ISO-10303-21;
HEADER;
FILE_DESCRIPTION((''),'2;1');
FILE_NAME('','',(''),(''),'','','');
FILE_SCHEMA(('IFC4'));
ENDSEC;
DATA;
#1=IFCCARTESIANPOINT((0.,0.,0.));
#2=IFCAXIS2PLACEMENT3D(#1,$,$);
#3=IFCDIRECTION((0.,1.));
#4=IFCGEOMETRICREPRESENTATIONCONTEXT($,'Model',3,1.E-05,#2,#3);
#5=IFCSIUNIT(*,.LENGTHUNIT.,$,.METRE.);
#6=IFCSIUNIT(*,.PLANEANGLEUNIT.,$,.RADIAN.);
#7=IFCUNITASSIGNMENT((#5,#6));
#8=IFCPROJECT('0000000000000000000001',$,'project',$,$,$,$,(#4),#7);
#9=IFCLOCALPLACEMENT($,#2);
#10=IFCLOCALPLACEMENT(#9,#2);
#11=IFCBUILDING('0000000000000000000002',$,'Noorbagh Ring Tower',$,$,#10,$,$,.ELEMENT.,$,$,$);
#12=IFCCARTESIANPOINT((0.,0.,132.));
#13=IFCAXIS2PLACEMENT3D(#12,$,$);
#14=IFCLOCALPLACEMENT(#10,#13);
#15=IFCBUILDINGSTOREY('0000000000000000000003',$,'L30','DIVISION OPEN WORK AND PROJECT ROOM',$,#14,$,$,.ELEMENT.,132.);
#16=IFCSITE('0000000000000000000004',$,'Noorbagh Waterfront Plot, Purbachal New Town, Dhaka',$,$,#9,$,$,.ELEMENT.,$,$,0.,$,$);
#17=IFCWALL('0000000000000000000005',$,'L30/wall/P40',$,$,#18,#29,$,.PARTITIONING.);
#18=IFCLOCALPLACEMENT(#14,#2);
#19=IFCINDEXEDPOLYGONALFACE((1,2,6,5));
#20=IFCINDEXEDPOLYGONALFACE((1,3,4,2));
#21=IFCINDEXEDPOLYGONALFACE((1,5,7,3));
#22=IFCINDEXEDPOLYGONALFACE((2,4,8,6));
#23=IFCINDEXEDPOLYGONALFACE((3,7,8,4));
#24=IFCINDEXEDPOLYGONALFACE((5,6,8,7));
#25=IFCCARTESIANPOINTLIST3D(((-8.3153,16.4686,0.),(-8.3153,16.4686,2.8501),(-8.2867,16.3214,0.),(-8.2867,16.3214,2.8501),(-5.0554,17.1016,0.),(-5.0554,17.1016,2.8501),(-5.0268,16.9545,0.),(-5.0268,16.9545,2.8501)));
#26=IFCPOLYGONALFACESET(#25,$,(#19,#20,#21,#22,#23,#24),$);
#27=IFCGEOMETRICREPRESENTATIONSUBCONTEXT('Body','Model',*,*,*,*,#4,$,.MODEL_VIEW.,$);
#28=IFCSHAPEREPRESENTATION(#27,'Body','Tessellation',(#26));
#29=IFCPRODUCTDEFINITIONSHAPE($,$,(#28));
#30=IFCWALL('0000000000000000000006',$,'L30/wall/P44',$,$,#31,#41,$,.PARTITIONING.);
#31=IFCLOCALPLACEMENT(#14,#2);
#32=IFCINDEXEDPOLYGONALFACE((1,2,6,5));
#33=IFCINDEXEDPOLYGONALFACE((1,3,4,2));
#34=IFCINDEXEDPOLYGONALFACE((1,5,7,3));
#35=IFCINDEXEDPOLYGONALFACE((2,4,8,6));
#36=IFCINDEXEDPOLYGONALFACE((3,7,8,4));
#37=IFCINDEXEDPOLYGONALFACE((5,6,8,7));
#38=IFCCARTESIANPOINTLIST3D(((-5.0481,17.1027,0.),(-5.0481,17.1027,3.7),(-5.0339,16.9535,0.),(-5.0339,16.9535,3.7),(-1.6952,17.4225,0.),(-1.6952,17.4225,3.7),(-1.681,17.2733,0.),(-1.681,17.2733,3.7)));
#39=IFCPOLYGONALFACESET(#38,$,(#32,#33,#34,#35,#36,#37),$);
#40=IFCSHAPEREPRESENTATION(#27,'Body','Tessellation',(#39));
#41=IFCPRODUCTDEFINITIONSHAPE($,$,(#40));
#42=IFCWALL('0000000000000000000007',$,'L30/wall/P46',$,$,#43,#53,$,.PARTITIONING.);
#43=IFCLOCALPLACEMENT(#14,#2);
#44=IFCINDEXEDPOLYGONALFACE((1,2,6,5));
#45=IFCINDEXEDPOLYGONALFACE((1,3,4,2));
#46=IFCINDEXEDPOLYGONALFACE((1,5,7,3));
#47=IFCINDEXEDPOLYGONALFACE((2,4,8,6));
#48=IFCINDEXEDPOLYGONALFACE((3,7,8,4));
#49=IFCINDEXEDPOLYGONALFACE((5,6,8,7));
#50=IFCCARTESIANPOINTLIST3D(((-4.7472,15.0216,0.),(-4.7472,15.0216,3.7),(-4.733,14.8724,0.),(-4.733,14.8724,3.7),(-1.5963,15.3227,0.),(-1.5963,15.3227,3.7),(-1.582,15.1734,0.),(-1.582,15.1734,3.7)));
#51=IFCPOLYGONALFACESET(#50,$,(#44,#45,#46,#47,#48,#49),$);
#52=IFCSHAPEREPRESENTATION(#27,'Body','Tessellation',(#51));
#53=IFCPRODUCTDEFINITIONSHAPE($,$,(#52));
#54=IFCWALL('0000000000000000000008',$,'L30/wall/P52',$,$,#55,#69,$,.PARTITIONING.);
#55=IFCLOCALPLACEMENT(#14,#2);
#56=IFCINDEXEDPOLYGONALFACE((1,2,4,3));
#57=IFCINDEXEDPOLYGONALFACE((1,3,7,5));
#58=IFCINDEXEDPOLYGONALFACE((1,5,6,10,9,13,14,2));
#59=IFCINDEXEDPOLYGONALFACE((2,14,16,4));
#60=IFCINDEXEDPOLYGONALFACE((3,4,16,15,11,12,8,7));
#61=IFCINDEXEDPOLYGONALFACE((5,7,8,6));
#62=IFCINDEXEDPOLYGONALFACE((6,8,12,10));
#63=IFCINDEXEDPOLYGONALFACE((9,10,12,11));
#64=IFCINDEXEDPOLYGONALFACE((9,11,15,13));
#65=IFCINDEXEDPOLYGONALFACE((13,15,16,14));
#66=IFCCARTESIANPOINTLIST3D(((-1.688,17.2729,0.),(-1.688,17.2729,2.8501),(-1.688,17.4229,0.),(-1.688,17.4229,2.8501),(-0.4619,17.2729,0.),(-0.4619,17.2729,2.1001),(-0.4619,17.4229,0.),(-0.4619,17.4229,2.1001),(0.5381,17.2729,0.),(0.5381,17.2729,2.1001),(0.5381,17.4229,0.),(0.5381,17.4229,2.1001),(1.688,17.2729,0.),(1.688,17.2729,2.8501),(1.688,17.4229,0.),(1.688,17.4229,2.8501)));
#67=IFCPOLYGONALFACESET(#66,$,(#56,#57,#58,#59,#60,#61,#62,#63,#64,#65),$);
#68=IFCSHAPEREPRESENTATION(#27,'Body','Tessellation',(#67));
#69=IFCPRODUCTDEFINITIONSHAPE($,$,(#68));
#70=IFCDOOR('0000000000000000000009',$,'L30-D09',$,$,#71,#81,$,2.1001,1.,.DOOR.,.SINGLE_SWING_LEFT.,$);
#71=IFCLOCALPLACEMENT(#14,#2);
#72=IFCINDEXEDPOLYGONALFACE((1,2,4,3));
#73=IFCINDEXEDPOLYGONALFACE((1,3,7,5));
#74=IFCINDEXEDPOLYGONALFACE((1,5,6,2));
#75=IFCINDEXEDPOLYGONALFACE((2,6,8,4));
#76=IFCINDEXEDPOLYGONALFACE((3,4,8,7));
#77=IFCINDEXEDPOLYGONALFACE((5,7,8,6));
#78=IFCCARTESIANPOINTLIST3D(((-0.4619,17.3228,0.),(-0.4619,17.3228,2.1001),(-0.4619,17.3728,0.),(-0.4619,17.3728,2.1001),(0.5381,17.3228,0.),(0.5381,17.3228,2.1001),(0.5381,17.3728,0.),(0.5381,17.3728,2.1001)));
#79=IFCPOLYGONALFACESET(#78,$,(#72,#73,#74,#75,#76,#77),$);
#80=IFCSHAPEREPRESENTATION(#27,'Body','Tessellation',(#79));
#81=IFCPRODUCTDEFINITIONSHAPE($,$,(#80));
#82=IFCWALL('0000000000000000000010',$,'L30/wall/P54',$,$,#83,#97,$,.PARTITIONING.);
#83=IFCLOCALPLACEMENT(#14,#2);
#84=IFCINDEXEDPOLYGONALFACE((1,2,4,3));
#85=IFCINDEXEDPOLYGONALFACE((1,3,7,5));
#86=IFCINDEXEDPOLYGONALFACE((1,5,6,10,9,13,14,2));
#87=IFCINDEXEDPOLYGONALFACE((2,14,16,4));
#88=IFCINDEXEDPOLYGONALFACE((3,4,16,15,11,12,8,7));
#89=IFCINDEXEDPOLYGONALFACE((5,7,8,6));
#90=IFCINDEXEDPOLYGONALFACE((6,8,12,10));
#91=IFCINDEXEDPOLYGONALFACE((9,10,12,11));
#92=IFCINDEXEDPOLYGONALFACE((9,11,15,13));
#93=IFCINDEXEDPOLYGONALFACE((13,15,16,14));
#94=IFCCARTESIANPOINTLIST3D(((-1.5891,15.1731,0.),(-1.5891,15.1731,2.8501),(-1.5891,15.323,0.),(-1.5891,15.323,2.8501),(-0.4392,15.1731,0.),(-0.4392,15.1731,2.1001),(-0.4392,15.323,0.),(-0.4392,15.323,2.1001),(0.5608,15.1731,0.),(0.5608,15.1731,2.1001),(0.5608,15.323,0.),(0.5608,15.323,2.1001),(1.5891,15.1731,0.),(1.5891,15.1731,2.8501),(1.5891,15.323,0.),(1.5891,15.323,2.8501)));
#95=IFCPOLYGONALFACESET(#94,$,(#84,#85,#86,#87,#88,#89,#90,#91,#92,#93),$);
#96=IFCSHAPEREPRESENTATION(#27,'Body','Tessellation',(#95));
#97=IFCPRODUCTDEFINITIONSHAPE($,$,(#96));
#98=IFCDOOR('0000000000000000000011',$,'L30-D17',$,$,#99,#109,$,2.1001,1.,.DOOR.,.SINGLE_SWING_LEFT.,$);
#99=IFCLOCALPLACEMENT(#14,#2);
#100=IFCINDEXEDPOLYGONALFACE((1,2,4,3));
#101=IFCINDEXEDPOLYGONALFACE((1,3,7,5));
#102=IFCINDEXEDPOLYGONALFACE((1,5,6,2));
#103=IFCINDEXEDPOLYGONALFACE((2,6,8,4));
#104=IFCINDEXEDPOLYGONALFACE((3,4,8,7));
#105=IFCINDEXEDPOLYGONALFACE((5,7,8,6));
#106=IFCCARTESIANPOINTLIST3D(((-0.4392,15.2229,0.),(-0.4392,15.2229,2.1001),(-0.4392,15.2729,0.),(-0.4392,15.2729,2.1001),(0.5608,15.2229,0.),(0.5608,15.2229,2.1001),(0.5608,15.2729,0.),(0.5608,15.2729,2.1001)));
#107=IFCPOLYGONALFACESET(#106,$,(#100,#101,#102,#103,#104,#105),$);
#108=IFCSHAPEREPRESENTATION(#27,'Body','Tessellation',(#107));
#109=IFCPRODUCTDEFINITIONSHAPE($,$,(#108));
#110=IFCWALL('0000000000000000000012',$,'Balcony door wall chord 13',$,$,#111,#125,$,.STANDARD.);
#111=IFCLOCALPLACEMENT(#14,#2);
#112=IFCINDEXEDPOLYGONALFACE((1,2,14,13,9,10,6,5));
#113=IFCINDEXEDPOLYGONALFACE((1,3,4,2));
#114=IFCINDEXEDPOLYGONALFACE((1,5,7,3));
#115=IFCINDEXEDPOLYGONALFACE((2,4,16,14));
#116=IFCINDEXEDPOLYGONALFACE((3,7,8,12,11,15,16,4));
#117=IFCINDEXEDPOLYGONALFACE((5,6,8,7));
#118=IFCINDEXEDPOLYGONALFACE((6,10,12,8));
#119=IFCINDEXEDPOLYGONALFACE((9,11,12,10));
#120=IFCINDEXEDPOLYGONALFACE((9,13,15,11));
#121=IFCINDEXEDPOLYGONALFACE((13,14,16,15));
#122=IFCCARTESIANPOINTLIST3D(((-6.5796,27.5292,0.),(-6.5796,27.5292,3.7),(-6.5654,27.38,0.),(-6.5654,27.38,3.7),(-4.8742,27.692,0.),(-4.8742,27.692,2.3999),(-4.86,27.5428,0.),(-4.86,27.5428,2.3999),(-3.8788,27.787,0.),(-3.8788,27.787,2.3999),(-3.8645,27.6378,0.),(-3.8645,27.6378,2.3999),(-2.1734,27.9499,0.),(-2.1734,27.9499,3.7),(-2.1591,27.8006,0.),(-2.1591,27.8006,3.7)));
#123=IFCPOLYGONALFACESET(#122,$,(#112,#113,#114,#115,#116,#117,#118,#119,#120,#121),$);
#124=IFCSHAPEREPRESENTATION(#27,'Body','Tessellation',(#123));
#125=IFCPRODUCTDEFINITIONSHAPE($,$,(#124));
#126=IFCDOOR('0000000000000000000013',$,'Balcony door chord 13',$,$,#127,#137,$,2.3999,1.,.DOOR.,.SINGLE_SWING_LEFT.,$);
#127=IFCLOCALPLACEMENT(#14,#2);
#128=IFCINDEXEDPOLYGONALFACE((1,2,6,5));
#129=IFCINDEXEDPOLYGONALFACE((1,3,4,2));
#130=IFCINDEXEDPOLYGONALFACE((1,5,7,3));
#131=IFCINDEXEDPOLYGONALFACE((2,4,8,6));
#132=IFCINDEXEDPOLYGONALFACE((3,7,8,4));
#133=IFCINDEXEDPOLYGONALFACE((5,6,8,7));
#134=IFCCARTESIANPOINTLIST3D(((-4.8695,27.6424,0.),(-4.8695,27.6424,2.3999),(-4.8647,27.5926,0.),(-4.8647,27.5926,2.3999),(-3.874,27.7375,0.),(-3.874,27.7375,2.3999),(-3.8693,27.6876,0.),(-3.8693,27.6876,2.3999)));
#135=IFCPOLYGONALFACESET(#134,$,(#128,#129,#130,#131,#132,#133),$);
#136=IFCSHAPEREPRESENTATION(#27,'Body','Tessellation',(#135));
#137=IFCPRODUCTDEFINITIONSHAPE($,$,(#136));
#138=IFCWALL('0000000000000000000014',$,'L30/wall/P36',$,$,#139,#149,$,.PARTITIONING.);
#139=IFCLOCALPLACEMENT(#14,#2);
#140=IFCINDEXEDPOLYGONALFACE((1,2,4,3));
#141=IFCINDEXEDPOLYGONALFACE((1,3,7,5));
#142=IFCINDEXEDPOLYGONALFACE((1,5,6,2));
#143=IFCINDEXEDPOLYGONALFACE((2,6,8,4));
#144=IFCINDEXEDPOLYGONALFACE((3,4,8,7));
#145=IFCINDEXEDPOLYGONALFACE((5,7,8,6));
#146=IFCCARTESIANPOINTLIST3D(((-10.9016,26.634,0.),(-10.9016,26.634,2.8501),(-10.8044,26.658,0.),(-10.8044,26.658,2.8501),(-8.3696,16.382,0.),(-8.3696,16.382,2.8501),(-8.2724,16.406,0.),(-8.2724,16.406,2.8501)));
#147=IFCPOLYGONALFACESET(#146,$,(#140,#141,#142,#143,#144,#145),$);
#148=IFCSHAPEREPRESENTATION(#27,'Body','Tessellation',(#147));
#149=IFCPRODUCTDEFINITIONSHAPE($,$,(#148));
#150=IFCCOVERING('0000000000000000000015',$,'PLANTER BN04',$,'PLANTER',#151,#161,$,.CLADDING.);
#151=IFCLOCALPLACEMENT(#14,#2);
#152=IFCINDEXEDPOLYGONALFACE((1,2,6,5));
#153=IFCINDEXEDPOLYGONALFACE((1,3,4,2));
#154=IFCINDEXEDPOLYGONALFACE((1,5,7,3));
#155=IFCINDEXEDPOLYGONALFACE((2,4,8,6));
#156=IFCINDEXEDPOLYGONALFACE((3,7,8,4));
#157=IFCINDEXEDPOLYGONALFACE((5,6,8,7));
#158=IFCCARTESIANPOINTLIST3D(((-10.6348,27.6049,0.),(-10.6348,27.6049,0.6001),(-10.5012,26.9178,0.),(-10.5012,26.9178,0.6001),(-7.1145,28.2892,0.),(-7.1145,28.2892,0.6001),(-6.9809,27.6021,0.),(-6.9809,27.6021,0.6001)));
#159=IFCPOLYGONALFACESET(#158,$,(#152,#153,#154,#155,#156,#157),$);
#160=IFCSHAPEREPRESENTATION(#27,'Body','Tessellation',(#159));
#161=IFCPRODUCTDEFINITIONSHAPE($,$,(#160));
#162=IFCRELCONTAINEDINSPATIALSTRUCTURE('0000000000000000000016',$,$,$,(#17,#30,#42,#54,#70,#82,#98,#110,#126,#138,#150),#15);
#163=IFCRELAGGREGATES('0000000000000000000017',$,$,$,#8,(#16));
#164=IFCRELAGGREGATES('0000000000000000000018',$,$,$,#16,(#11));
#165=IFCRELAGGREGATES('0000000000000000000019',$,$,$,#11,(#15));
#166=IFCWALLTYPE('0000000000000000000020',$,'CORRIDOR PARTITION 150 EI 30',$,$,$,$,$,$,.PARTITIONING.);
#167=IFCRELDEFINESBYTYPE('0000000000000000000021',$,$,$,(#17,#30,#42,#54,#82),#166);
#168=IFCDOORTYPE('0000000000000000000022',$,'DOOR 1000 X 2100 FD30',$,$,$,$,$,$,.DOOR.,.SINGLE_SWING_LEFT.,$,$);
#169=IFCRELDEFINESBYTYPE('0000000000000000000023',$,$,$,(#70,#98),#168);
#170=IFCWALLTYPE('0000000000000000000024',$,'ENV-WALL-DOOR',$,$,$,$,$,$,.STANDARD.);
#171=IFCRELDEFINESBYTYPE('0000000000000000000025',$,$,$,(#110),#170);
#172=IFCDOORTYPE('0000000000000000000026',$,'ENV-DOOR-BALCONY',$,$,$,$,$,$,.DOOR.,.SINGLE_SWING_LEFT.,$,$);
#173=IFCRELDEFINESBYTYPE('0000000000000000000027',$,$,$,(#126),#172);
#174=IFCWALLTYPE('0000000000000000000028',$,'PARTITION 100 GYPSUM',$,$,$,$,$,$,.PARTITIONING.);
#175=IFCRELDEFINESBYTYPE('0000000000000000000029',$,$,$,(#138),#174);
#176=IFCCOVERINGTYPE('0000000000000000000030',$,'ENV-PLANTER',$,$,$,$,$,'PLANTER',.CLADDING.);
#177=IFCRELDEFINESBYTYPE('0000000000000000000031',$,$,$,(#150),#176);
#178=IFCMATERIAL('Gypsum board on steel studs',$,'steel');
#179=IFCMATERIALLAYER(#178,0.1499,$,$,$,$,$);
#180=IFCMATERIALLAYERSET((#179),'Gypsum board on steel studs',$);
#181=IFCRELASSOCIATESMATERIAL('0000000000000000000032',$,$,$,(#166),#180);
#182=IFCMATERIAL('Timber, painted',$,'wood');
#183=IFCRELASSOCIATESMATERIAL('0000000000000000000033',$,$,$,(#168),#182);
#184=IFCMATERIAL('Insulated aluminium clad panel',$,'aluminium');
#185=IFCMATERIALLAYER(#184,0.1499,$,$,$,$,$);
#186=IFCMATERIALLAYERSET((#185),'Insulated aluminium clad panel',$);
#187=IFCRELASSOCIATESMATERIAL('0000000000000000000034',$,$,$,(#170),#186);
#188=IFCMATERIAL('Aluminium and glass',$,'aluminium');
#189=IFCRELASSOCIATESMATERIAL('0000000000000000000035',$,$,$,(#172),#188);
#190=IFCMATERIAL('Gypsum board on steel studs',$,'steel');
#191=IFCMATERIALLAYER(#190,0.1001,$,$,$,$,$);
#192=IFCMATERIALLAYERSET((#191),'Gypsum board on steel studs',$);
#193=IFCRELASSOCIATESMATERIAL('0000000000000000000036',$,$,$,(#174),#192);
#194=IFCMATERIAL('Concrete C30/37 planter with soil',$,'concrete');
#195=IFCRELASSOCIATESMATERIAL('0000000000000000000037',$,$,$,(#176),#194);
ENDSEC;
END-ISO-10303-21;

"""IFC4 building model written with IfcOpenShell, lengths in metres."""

from ifc_helpers import new_model, si_unit, direction, frame, frame_2d, origin, origin_2d, place, context, subcontext, project, spatial, rectangle, extrude, material, layer, layer_set, type_object, element, fill, save


model = new_model("IFC4")

# Units and contexts
model_context = context("Model", 3, precision=1e-05, world=origin(), true_north=direction((0.0, 1.0)))
body_context = subcontext(model_context, "Body", "Model", "MODEL_VIEW")
ifc_project = project(units=[si_unit("LENGTHUNIT", "METRE"), si_unit("PLANEANGLEUNIT", "RADIAN")], contexts=[model_context])

# Site, building, storey
site_placement = place(None, origin())
site = spatial("IfcSite", under=ifc_project, at=site_placement, Name="Noorbagh Waterfront Plot, Purbachal New Town, Dhaka", CompositionType="ELEMENT", RefElevation=0.0)
building_placement = place(site_placement, origin())
building = spatial("IfcBuilding", under=site, at=building_placement, Name="Noorbagh Ring Tower", CompositionType="ELEMENT")
storey_placement = place(building_placement, frame((0.0, 0.0, 132.0)))
storey = spatial("IfcBuildingStorey", under=building, at=storey_placement, Name="L30", Description="DIVISION OPEN WORK AND PROJECT ROOM", CompositionType="ELEMENT", Elevation=132.0)

# Walls
ifc_material_1 = material(Name="Gypsum board on steel studs", Category="steel")
ifc_layer_1 = layer(ifc_material_1, 0.1499)
ifc_layer_set_1 = layer_set([ifc_layer_1], Name="Gypsum board on steel studs")
wall_type_1 = type_object("IfcWallType", Name="CORRIDOR PARTITION 150 EI 30", PredefinedType="PARTITIONING", material=ifc_layer_set_1)
wall_1_placement = place(storey_placement, frame((-8.301, 16.395, 0.0), z_axis=(0.0, 0.0, 1.0), x_axis=(0.981662, 0.190628, 0.0)))
element("IfcWall", 1, at=wall_1_placement, inside=storey, type_object=wall_type_1, Name="L30/wall/P40", PredefinedType="PARTITIONING", context=body_context, shape_type="SweptSolid", body=[
    extrude(rectangle(XDim=3.3208, YDim=0.1499, at=frame_2d((1.6604, 0.0))), origin(), (0.0, 0.0, 1.0), 2.8501),
])
wall_2_placement = place(storey_placement, frame((-5.041, 17.0281, 0.0), z_axis=(0.0, 0.0, 1.0), x_axis=(0.995482, 0.094953, 0.0)))
element("IfcWall", 2, at=wall_2_placement, inside=storey, type_object=wall_type_1, Name="L30/wall/P44", PredefinedType="PARTITIONING", context=body_context, shape_type="SweptSolid", body=[
    extrude(rectangle(XDim=3.3682, YDim=0.1499, at=frame_2d((1.6841, 0.0))), origin(), (0.0, 0.0, 1.0), 3.7),
])
wall_3_placement = place(storey_placement, frame((-4.74, 14.947, 0.0), z_axis=(0.0, 0.0, 1.0), x_axis=(0.995467, 0.095104, 0.0)))
element("IfcWall", 3, at=wall_3_placement, inside=storey, type_object=wall_type_1, Name="L30/wall/P46", PredefinedType="PARTITIONING", context=body_context, shape_type="SweptSolid", body=[
    extrude(rectangle(XDim=3.1653, YDim=0.1499, at=frame_2d((1.5825, 0.0))), origin(), (0.0, 0.0, 1.0), 3.7),
])

# Walls, openings, doors
wall_4_placement = place(storey_placement, frame((-1.688, 17.3479, 0.0), z_axis=(0.0, 0.0, 1.0), x_axis=(1.0, 0.0, 0.0)))
wall_4 = element("IfcWall", 4, at=wall_4_placement, inside=storey, type_object=wall_type_1, Name="L30/wall/P52", PredefinedType="PARTITIONING", context=body_context, shape_type="SweptSolid", body=[
    extrude(rectangle(XDim=3.376, YDim=0.1499, at=frame_2d((1.688, 0.0))), origin(), (0.0, 0.0, 1.0), 2.8501),
])
opening_1_placement = place(wall_4_placement, frame((1.2261, 0.0, 0.0)))
opening_1 = element("IfcOpeningElement", 5, at=opening_1_placement, cuts=wall_4, PredefinedType="OPENING", context=body_context, shape_type="SweptSolid", body=[
    extrude(rectangle(XDim=1.0, YDim=2.1001, at=frame_2d((0.5, 1.05))), frame((0.0, 0.085, 0.0), z_axis=(0.0, -1.0, 0.0), x_axis=(1.0, 0.0, 0.0)), (0.0, 0.0, 1.0), 0.1699),
])
ifc_material_2 = material(Name="Timber, painted", Category="wood")
door_type_1 = type_object("IfcDoorType", Name="DOOR 1000 X 2100 FD30", OperationType="SINGLE_SWING_LEFT", PredefinedType="DOOR", material=ifc_material_2)
door_1_placement = place(opening_1_placement, origin())
door_1 = element("IfcDoor", 6, at=door_1_placement, inside=storey, type_object=door_type_1, Name="L30-D09", OperationType="SINGLE_SWING_LEFT", OverallHeight=2.1001, OverallWidth=1.0, PredefinedType="DOOR", context=body_context, shape_type="SweptSolid", body=[
    extrude(rectangle(XDim=1.0, YDim=2.1001, at=frame_2d((0.5, 1.05))), frame((0.0, 0.0249, 0.0), z_axis=(0.0, -1.0, 0.0), x_axis=(1.0, 0.0, 0.0)), (0.0, 0.0, 1.0), 0.05),
])
fill(opening_1, door_1)
wall_5_placement = place(storey_placement, frame((-1.5891, 15.248, 0.0), z_axis=(0.0, 0.0, 1.0), x_axis=(1.0, 0.0, 0.0)))
wall_5 = element("IfcWall", 7, at=wall_5_placement, inside=storey, type_object=wall_type_1, Name="L30/wall/P54", PredefinedType="PARTITIONING", context=body_context, shape_type="SweptSolid", body=[
    extrude(rectangle(XDim=3.1782, YDim=0.1499, at=frame_2d((1.5891, 0.0))), origin(), (0.0, 0.0, 1.0), 2.8501),
])
opening_2_placement = place(wall_5_placement, frame((1.1499, 0.0, 0.0)))
opening_2 = element("IfcOpeningElement", 8, at=opening_2_placement, cuts=wall_5, PredefinedType="OPENING", context=body_context, shape_type="SweptSolid", body=[
    extrude(rectangle(XDim=1.0, YDim=2.1001, at=frame_2d((0.5, 1.05))), frame((0.0, 0.085, 0.0), z_axis=(0.0, -1.0, 0.0), x_axis=(1.0, 0.0, 0.0)), (0.0, 0.0, 1.0), 0.1699),
])
door_2_placement = place(opening_2_placement, origin())
door_2 = element("IfcDoor", 9, at=door_2_placement, inside=storey, type_object=door_type_1, Name="L30-D17", OperationType="SINGLE_SWING_LEFT", OverallHeight=2.1001, OverallWidth=1.0, PredefinedType="DOOR", context=body_context, shape_type="SweptSolid", body=[
    extrude(rectangle(XDim=1.0, YDim=2.1001, at=frame_2d((0.5, 1.05))), frame((0.0, 0.0249, 0.0), z_axis=(0.0, -1.0, 0.0), x_axis=(1.0, 0.0, 0.0)), (0.0, 0.0, 1.0), 0.05),
])
fill(opening_2, door_2)
ifc_material_3 = material(Name="Insulated aluminium clad panel", Category="aluminium")
ifc_layer_2 = layer(ifc_material_3, 0.1499)
ifc_layer_set_2 = layer_set([ifc_layer_2], Name="Insulated aluminium clad panel")
wall_type_2 = type_object("IfcWallType", Name="ENV-WALL-DOOR", PredefinedType="STANDARD", material=ifc_layer_set_2)
wall_6_placement = place(storey_placement, frame((-2.1663, 27.8752, 0.0), z_axis=(0.0, 0.0, 1.0), x_axis=(-0.995474, -0.095036, 0.0)))
wall_6 = element("IfcWall", 10, at=wall_6_placement, inside=storey, type_object=wall_type_2, Name="Balcony door wall chord 13", PredefinedType="STANDARD", context=body_context, shape_type="SweptSolid", body=[
    extrude(rectangle(XDim=4.4263, YDim=0.1499, at=frame_2d((2.2131, 0.0))), origin(), (0.0, 0.0, 1.0), 3.7),
])
opening_3_placement = place(wall_6_placement, frame((1.7131, 0.0, 0.0)))
opening_3 = element("IfcOpeningElement", 11, at=opening_3_placement, cuts=wall_6, PredefinedType="OPENING", context=body_context, shape_type="SweptSolid", body=[
    extrude(rectangle(XDim=1.0, YDim=2.3999, at=frame_2d((0.5, 1.2))), frame((0.0, 0.085, 0.0), z_axis=(0.0, -1.0, 0.0), x_axis=(1.0, 0.0, 0.0)), (0.0, 0.0, 1.0), 0.1699),
])
ifc_material_4 = material(Name="Aluminium and glass", Category="aluminium")
door_type_2 = type_object("IfcDoorType", Name="ENV-DOOR-BALCONY", OperationType="SINGLE_SWING_LEFT", PredefinedType="DOOR", material=ifc_material_4)
door_3_placement = place(opening_3_placement, origin())
door_3 = element("IfcDoor", 12, at=door_3_placement, inside=storey, type_object=door_type_2, Name="Balcony door chord 13", OperationType="SINGLE_SWING_LEFT", OverallHeight=2.3999, OverallWidth=1.0, PredefinedType="DOOR", context=body_context, shape_type="SweptSolid", body=[
    extrude(rectangle(XDim=1.0, YDim=2.3999, at=frame_2d((0.5, 1.2))), frame((0.0, 0.0249, 0.0), z_axis=(0.0, -1.0, 0.0), x_axis=(1.0, 0.0, 0.0)), (0.0, 0.0, 1.0), 0.05),
])
fill(opening_3, door_3)

# Wall
ifc_material_5 = material(Name="Gypsum board on steel studs", Category="steel")
ifc_layer_3 = layer(ifc_material_5, 0.1001)
ifc_layer_set_3 = layer_set([ifc_layer_3], Name="Gypsum board on steel studs")
wall_type_3 = type_object("IfcWallType", Name="PARTITION 100 GYPSUM", PredefinedType="PARTITIONING", material=ifc_layer_set_3)
wall_7_placement = place(storey_placement, frame((-10.853, 26.646, 0.0), z_axis=(0.0, 0.0, 1.0), x_axis=(0.239771, -0.970829, 0.0)))
element("IfcWall", 13, at=wall_7_placement, inside=storey, type_object=wall_type_3, Name="L30/wall/P36", PredefinedType="PARTITIONING", context=body_context, shape_type="SweptSolid", body=[
    extrude(rectangle(XDim=10.5601, YDim=0.1001, at=frame_2d((5.28, 0.0))), origin(), (0.0, 0.0, 1.0), 2.8501),
])

# Covering
ifc_material_6 = material(Name="Concrete C30/37 planter with soil", Category="concrete")
covering_type = type_object("IfcCoveringType", Name="ENV-PLANTER", ElementType="PLANTER", PredefinedType="CLADDING", material=ifc_material_6)
covering_placement = place(storey_placement, frame((-8.8079, 27.6035, 0.0), z_axis=(0.0, 0.0, 1.0), x_axis=(-0.981625, -0.19082, 0.0)))
element("IfcCovering", 14, at=covering_placement, inside=storey, type_object=covering_type, Name="PLANTER BN04", ObjectType="PLANTER", PredefinedType="CLADDING", context=body_context, shape_type="SweptSolid", body=[
    extrude(rectangle(XDim=3.5862, YDim=0.7, at=origin_2d()), origin(), (0.0, 0.0, 1.0), 0.6001),
])

save(model, "model.ifc")
